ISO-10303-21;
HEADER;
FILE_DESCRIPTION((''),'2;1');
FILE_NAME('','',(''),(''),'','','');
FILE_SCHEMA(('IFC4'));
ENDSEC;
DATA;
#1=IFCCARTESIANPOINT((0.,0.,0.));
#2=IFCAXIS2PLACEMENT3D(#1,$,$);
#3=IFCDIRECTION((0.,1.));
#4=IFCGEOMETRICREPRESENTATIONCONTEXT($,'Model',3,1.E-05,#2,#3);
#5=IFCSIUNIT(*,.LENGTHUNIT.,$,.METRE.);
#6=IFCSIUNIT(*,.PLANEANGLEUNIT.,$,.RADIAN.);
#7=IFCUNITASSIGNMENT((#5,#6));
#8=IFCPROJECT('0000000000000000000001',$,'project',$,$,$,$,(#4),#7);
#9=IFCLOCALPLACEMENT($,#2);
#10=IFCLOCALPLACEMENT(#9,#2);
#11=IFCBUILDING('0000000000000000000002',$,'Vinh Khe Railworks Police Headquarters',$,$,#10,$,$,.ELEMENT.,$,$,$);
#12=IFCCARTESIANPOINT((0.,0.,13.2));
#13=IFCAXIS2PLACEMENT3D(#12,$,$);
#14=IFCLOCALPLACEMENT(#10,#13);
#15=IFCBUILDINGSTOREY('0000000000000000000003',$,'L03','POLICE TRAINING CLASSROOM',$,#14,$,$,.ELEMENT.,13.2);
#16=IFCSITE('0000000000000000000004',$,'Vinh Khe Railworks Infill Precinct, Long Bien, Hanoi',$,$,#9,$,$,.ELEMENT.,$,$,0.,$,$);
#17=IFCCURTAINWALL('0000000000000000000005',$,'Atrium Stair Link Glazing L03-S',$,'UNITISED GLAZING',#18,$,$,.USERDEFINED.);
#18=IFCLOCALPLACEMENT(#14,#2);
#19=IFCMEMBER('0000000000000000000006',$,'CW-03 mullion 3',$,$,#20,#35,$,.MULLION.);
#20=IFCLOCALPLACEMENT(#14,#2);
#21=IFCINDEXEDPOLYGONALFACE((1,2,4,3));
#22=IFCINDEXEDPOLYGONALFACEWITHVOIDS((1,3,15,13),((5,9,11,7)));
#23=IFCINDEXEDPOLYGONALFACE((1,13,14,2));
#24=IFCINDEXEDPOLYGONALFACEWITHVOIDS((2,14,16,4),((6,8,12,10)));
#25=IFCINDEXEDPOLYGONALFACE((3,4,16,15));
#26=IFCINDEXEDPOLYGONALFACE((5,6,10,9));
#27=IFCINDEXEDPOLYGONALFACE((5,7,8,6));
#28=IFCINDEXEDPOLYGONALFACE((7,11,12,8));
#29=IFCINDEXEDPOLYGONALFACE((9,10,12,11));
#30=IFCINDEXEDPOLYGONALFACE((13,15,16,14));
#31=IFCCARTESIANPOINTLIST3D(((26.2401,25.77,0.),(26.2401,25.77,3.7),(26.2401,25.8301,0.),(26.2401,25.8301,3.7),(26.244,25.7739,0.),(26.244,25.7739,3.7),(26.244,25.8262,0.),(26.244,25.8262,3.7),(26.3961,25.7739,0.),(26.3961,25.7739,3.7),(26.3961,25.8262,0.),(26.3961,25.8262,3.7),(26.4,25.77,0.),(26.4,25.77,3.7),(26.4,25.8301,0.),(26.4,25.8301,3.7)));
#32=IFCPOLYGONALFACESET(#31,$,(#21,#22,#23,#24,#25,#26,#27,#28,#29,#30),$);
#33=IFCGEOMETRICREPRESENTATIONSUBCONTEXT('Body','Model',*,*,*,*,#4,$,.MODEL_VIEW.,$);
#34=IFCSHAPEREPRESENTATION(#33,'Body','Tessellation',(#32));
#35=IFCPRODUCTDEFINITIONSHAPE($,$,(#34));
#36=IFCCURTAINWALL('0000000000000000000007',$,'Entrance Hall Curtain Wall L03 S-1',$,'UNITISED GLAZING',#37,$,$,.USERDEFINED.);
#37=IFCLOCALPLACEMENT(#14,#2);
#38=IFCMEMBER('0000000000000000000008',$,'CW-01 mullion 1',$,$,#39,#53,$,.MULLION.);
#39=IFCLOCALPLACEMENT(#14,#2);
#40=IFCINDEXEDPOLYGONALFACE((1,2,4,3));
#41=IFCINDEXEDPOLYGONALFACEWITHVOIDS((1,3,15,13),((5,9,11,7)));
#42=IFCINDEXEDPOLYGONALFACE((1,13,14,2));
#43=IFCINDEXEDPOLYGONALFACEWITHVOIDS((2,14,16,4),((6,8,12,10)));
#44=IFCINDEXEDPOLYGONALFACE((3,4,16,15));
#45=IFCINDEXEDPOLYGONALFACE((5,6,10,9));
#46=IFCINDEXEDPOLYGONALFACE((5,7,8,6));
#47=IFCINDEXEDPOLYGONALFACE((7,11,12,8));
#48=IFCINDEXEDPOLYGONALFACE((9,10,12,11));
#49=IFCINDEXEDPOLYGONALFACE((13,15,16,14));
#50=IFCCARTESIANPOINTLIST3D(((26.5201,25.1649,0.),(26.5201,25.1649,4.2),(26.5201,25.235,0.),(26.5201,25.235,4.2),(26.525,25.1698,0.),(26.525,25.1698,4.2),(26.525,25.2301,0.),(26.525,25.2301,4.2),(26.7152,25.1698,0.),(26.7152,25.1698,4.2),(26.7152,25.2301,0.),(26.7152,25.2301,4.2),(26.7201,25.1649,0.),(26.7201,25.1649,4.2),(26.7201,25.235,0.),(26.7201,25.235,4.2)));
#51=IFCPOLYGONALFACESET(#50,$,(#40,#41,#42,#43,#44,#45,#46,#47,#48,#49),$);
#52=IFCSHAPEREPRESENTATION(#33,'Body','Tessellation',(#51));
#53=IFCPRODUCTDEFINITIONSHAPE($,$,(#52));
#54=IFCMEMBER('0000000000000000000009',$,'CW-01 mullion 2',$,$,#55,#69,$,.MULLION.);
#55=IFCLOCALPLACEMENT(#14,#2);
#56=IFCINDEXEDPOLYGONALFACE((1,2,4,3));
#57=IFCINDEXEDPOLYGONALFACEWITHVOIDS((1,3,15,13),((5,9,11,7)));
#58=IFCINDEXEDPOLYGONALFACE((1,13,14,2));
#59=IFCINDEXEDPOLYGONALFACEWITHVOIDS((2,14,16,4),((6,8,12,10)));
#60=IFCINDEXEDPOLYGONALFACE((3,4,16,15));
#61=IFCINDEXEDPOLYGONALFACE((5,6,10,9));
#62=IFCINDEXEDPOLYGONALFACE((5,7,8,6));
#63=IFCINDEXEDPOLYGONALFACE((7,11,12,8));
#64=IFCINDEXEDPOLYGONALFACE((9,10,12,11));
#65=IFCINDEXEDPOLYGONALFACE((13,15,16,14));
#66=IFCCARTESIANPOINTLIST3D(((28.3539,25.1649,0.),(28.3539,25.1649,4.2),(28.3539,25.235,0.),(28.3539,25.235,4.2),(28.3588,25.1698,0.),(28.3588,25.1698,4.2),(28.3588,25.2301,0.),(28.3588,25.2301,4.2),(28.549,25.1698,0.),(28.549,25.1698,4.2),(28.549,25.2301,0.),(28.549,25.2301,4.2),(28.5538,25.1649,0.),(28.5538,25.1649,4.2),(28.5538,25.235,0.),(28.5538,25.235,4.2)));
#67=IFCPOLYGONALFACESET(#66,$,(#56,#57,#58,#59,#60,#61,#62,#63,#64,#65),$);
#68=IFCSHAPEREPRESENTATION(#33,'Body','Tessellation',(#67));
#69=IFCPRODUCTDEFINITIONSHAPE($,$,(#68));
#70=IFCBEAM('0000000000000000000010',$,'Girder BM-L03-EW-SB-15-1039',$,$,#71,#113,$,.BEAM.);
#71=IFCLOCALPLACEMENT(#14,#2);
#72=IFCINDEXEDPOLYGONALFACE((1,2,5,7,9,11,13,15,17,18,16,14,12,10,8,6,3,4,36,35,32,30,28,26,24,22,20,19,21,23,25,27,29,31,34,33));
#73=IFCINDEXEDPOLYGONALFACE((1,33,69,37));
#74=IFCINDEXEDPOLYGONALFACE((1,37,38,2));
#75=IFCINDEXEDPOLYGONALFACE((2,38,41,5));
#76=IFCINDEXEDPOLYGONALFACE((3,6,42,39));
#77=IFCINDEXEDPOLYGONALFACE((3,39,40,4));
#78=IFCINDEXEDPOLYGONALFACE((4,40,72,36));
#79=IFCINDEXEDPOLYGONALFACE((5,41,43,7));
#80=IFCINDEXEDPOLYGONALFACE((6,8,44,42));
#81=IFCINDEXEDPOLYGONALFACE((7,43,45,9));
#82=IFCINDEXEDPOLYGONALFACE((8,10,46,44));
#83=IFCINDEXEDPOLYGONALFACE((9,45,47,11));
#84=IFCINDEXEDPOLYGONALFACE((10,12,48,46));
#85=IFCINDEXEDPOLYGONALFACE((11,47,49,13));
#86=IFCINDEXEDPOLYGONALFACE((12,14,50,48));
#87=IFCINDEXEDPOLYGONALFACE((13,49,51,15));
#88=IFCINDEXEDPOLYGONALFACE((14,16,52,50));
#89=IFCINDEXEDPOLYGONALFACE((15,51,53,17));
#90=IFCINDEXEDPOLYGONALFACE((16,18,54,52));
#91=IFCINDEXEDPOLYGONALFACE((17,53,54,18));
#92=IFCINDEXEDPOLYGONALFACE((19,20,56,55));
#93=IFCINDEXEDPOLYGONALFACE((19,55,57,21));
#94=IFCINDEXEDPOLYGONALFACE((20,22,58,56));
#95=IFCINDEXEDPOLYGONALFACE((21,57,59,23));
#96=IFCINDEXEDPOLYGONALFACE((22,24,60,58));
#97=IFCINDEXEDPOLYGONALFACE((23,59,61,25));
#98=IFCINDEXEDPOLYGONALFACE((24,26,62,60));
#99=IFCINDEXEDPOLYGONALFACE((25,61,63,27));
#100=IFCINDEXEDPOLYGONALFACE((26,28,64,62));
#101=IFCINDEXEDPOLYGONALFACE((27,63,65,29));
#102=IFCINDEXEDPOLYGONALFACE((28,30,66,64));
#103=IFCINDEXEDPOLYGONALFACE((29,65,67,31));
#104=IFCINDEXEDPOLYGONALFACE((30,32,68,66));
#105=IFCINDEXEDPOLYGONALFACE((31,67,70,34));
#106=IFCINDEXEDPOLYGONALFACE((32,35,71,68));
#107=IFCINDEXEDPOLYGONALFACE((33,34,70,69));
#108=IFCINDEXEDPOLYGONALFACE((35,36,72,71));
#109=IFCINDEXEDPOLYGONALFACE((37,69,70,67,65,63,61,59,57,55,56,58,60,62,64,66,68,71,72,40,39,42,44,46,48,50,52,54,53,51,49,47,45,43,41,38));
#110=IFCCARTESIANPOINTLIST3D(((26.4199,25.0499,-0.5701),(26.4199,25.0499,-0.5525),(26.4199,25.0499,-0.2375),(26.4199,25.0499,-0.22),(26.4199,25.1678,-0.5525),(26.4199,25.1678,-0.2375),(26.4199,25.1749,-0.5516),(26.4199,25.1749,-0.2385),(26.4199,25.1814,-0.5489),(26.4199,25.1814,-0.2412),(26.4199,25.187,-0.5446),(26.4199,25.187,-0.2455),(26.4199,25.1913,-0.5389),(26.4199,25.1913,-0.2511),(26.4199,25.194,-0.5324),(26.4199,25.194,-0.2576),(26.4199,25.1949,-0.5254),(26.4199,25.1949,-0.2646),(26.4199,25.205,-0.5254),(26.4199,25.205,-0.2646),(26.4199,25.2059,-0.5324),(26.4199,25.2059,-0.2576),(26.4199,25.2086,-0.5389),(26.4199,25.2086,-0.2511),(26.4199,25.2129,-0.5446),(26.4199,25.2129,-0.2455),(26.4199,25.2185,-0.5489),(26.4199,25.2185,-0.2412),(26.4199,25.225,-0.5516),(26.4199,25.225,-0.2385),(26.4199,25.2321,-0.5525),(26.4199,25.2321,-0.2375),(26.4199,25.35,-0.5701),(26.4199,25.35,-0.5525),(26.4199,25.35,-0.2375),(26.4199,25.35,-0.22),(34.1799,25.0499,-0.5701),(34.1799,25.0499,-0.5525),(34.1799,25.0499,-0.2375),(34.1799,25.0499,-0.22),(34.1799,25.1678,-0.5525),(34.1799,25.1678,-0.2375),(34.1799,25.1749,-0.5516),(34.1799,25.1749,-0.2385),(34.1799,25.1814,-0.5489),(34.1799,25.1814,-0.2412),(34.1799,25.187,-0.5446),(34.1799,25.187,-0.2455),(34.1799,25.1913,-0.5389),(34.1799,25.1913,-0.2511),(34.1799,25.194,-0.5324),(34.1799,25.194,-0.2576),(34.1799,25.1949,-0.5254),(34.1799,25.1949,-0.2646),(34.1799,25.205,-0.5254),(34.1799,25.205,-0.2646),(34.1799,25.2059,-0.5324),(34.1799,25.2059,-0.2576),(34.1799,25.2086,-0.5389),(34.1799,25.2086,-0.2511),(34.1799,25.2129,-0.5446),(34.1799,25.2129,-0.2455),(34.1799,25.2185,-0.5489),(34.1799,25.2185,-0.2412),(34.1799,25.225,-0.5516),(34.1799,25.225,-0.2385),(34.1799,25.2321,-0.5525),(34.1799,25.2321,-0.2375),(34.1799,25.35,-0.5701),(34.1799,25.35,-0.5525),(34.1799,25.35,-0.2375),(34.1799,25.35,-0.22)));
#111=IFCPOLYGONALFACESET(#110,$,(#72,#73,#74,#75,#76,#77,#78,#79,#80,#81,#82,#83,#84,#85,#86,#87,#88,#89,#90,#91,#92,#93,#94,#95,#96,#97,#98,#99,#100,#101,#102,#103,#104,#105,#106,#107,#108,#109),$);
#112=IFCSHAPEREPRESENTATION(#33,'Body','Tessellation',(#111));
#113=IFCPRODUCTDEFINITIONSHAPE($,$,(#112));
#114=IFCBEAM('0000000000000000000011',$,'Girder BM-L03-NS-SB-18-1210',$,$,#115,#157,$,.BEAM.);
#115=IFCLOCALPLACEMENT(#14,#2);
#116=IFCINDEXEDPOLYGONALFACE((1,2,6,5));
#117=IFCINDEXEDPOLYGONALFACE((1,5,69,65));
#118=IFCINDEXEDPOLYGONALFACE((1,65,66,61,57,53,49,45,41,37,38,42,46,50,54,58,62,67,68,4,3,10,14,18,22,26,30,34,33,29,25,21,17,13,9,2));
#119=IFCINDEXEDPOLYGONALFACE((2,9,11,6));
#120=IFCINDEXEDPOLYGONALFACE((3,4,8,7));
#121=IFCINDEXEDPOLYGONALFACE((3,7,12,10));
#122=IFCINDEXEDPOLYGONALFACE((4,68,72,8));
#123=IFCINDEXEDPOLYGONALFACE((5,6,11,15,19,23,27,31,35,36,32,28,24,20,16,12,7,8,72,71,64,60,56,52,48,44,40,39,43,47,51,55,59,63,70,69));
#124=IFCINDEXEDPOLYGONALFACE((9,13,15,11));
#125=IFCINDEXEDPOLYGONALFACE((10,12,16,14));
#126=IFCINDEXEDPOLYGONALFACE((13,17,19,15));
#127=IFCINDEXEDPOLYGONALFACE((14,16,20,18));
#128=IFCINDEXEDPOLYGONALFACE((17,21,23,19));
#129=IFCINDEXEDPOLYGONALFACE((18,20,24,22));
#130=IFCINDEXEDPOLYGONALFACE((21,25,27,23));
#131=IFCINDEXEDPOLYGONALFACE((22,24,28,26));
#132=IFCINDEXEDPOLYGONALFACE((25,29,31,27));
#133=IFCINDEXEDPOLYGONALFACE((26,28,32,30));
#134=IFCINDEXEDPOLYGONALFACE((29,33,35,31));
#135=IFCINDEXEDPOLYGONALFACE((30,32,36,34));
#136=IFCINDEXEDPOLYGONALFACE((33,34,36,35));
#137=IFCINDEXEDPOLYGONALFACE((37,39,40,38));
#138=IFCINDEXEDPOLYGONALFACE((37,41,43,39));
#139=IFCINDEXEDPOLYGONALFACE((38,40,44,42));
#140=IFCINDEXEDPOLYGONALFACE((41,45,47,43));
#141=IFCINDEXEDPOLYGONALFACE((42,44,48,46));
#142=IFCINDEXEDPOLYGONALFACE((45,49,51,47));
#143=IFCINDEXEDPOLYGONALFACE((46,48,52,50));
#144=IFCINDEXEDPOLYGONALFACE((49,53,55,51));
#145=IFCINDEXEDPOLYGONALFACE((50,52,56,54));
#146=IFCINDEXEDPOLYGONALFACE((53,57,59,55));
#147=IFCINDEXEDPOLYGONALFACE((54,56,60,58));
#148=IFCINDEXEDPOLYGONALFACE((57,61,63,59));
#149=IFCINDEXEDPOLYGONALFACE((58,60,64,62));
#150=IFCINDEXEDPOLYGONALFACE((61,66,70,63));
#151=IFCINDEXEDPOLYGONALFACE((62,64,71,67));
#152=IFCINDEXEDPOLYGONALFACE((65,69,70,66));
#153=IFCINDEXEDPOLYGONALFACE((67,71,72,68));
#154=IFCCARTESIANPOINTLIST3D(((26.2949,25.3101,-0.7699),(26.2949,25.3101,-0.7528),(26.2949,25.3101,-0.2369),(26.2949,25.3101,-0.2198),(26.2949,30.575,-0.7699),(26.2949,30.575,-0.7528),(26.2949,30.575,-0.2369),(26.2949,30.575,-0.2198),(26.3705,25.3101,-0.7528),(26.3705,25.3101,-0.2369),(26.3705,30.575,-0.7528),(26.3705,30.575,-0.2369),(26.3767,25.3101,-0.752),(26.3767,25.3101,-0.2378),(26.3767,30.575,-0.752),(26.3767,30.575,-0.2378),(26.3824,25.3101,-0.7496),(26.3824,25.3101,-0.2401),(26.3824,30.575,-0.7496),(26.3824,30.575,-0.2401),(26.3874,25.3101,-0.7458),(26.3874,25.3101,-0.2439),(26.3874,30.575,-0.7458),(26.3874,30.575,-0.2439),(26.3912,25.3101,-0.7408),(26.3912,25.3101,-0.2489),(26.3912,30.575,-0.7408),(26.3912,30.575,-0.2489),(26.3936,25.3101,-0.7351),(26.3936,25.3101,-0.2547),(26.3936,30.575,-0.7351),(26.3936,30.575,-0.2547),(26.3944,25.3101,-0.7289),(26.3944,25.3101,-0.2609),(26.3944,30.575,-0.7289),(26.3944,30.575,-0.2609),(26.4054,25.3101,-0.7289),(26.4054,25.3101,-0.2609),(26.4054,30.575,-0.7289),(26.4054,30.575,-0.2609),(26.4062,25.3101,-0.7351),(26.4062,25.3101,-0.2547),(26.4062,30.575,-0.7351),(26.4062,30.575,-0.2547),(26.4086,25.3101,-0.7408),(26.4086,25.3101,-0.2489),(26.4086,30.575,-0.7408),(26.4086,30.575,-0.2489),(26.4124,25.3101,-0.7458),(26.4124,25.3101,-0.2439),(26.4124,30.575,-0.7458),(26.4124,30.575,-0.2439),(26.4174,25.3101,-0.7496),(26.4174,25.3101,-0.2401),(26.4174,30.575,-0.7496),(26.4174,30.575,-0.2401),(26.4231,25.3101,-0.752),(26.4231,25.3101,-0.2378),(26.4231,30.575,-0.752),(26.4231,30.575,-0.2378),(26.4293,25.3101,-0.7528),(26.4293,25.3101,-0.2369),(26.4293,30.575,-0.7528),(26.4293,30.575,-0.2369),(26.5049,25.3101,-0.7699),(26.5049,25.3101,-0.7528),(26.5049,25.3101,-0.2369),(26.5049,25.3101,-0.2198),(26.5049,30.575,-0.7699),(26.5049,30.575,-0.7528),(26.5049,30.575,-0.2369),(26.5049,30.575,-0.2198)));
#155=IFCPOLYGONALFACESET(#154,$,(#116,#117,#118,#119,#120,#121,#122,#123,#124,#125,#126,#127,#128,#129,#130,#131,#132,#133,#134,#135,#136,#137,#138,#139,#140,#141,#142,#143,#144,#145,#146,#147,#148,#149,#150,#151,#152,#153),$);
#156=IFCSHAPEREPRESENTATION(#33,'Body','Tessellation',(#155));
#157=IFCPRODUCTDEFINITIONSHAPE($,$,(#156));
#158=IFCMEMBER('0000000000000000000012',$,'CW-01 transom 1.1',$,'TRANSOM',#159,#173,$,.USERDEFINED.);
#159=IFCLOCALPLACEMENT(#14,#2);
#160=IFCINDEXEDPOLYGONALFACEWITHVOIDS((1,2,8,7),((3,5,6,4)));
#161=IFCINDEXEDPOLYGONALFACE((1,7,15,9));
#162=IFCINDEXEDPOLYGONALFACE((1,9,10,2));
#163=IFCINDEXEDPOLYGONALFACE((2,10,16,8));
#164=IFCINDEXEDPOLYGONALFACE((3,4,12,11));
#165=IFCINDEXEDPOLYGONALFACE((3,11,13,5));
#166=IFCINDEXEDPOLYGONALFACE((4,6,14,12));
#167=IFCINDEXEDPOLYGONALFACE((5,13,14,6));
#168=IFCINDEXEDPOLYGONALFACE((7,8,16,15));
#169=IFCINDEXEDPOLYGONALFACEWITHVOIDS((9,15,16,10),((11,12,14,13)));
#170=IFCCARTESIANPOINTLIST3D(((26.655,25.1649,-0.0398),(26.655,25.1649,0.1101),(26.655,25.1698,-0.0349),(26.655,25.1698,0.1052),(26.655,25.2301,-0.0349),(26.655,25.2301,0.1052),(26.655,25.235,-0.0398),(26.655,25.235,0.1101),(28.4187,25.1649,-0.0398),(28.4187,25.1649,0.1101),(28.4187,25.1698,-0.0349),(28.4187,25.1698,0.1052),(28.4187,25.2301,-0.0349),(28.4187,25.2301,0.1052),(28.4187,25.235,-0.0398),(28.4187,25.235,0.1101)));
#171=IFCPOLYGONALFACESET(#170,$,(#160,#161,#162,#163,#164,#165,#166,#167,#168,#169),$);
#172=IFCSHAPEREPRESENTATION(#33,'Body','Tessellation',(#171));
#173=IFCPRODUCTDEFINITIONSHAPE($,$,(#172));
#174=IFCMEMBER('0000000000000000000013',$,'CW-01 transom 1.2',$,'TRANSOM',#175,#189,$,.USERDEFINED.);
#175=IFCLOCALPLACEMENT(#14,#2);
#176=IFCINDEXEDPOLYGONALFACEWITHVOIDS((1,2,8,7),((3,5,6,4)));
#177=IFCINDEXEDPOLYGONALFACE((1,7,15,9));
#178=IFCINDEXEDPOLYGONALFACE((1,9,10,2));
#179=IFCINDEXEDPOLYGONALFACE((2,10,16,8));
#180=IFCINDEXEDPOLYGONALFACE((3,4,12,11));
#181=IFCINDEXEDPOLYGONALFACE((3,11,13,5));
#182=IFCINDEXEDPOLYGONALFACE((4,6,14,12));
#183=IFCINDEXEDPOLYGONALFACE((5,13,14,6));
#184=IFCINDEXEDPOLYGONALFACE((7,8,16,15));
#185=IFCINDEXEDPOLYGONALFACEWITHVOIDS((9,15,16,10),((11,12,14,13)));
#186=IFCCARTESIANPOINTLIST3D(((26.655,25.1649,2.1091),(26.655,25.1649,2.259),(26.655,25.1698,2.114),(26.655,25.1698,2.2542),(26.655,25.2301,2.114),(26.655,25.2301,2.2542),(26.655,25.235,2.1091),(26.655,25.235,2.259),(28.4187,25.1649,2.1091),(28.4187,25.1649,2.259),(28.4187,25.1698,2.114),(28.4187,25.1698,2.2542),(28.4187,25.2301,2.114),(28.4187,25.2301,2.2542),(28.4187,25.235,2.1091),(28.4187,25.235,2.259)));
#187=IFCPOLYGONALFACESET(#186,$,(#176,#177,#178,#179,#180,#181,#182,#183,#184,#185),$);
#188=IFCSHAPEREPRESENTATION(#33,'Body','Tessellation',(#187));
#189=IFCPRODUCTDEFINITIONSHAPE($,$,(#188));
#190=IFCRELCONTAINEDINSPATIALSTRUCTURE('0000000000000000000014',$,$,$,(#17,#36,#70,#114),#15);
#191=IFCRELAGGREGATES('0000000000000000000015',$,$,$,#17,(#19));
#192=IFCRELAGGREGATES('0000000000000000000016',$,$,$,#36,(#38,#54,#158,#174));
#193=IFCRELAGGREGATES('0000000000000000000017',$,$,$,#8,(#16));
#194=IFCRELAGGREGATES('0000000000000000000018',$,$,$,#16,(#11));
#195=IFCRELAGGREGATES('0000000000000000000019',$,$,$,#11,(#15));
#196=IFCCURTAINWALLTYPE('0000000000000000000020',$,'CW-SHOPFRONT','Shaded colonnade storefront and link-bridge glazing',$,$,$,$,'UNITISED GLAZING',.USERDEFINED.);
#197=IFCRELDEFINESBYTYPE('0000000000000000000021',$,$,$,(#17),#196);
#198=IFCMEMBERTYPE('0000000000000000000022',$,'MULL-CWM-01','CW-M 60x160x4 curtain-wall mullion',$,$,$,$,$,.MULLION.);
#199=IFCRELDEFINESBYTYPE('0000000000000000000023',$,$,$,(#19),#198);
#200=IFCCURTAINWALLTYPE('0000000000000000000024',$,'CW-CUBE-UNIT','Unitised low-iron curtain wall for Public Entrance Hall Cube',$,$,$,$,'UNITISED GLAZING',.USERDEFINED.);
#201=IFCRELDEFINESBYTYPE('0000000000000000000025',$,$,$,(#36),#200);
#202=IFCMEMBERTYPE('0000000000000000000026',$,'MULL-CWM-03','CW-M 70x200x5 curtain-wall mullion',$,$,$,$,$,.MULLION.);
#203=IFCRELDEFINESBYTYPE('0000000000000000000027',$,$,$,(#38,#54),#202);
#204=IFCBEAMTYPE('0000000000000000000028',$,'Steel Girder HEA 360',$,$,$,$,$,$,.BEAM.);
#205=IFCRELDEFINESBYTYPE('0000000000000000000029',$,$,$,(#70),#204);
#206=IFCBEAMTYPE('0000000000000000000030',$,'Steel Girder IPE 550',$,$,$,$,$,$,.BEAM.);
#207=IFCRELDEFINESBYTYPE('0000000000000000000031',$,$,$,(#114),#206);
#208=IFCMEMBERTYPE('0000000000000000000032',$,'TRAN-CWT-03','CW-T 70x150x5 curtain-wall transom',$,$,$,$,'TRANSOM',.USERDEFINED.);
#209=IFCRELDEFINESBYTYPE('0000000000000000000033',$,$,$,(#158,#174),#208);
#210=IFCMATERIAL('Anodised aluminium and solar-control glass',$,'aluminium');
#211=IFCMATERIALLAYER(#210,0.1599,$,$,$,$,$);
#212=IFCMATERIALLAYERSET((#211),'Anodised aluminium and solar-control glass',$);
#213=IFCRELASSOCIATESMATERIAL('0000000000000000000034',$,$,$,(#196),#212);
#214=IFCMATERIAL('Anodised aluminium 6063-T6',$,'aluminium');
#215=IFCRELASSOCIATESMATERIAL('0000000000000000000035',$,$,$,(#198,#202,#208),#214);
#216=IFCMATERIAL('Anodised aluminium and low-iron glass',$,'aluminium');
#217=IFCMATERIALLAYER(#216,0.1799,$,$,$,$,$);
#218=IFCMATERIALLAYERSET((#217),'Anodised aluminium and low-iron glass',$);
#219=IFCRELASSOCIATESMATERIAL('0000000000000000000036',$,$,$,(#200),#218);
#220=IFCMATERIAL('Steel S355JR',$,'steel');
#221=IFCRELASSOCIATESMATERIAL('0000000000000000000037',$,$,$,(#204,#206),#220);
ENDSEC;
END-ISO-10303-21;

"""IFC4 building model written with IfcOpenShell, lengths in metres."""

from ifc_helpers import new_model, si_unit, direction, frame, origin, origin_2d, place, context, subcontext, project, spatial, hollow_rectangle, i_section, extrude, material, layer, layer_set, material_profile, profile_set, type_object, element, aggregate, save


model = new_model("IFC4")

# Units and contexts
model_context = context("Model", 3, precision=1e-05, world=origin(), true_north=direction((0.0, 1.0)))
body_context = subcontext(model_context, "Body", "Model", "MODEL_VIEW")
ifc_project = project(units=[si_unit("LENGTHUNIT", "METRE"), si_unit("PLANEANGLEUNIT", "RADIAN")], contexts=[model_context])

# Site, building, storey
site_placement = place(None, origin())
site = spatial("IfcSite", under=ifc_project, at=site_placement, Name="Vinh Khe Railworks Infill Precinct, Long Bien, Hanoi", CompositionType="ELEMENT", RefElevation=0.0)
building_placement = place(site_placement, origin())
building = spatial("IfcBuilding", under=site, at=building_placement, Name="Vinh Khe Railworks Police Headquarters", CompositionType="ELEMENT")
storey_placement = place(building_placement, frame((0.0, 0.0, 13.2)))
storey = spatial("IfcBuildingStorey", under=building, at=storey_placement, Name="L03", Description="POLICE TRAINING CLASSROOM", CompositionType="ELEMENT", Elevation=13.2)

# Shared definitions
ifc_material_1 = material(Name="Steel S355JR", Category="steel")

# Curtain wall, member
ifc_material_2 = material(Name="Anodised aluminium and solar-control glass", Category="aluminium")
ifc_layer_1 = layer(ifc_material_2, 0.1599)
ifc_layer_set_1 = layer_set([ifc_layer_1], Name="Anodised aluminium and solar-control glass")
curtain_wall_type_1 = type_object("IfcCurtainWallType", Name="CW-SHOPFRONT", Description="Shaded colonnade storefront and link-bridge glazing", ElementType="UNITISED GLAZING", PredefinedType="USERDEFINED", material=ifc_layer_set_1)
curtain_wall_1_placement = place(storey_placement, origin())
curtain_wall_1 = element("IfcCurtainWall", 1, at=curtain_wall_1_placement, inside=storey, type_object=curtain_wall_type_1, Name="Atrium Stair Link Glazing L03-S", ObjectType="UNITISED GLAZING", PredefinedType="USERDEFINED")
ifc_material_3 = material(Name="Anodised aluminium 6063-T6", Category="aluminium")
ifc_material_profile_1 = material_profile(ifc_material_3, hollow_rectangle(XDim=0.0601, YDim=0.1599, WallThickness=0.0039, at=origin_2d()), Name="CW-M 60x160x4")
ifc_profile_set_1 = profile_set([ifc_material_profile_1], Name="Anodised aluminium 6063-T6")
member_type_1 = type_object("IfcMemberType", Name="MULL-CWM-01", Description="CW-M 60x160x4 curtain-wall mullion", PredefinedType="MULLION", material=ifc_profile_set_1)
member_1_placement = place(storey_placement, frame((26.3201, 25.8, 0.0), z_axis=(0.0, 0.0, 1.0), x_axis=(0.0, 1.0, 0.0)))
member_1 = element("IfcMember", 2, at=member_1_placement, type_object=member_type_1, Name="CW-03 mullion 3", PredefinedType="MULLION", context=body_context, shape_type="SweptSolid", body=[
    extrude(hollow_rectangle(XDim=0.0601, YDim=0.1599, WallThickness=0.0039, at=origin_2d()), origin(), (0.0, 0.0, 1.0), 3.7),
])
aggregate(curtain_wall_1, [member_1])

# Curtain wall, members
ifc_material_4 = material(Name="Anodised aluminium and low-iron glass", Category="aluminium")
ifc_layer_2 = layer(ifc_material_4, 0.1799)
ifc_layer_set_2 = layer_set([ifc_layer_2], Name="Anodised aluminium and low-iron glass")
curtain_wall_type_2 = type_object("IfcCurtainWallType", Name="CW-CUBE-UNIT", Description="Unitised low-iron curtain wall for Public Entrance Hall Cube", ElementType="UNITISED GLAZING", PredefinedType="USERDEFINED", material=ifc_layer_set_2)
curtain_wall_2_placement = place(storey_placement, origin())
curtain_wall_2 = element("IfcCurtainWall", 3, at=curtain_wall_2_placement, inside=storey, type_object=curtain_wall_type_2, Name="Entrance Hall Curtain Wall L03 S-1", ObjectType="UNITISED GLAZING", PredefinedType="USERDEFINED")
ifc_material_profile_2 = material_profile(ifc_material_3, hollow_rectangle(XDim=0.0701, YDim=0.2, WallThickness=0.0049, at=origin_2d()), Name="CW-M 70x200x5")
ifc_profile_set_2 = profile_set([ifc_material_profile_2], Name="Anodised aluminium 6063-T6")
member_type_2 = type_object("IfcMemberType", Name="MULL-CWM-03", Description="CW-M 70x200x5 curtain-wall mullion", PredefinedType="MULLION", material=ifc_profile_set_2)
member_2_placement = place(storey_placement, frame((26.6201, 25.2, 0.0), z_axis=(0.0, 0.0, 1.0), x_axis=(0.0, 1.0, 0.0)))
member_2 = element("IfcMember", 4, at=member_2_placement, type_object=member_type_2, Name="CW-01 mullion 1", PredefinedType="MULLION", context=body_context, shape_type="SweptSolid", body=[
    extrude(hollow_rectangle(XDim=0.0701, YDim=0.2, WallThickness=0.0049, at=origin_2d()), origin(), (0.0, 0.0, 1.0), 4.2),
])
member_3_placement = place(storey_placement, frame((28.4539, 25.2, 0.0), z_axis=(0.0, 0.0, 1.0), x_axis=(0.0, 1.0, 0.0)))
member_3 = element("IfcMember", 5, at=member_3_placement, type_object=member_type_2, Name="CW-01 mullion 2", PredefinedType="MULLION", context=body_context, shape_type="SweptSolid", body=[
    extrude(hollow_rectangle(XDim=0.0701, YDim=0.2, WallThickness=0.0049, at=origin_2d()), origin(), (0.0, 0.0, 1.0), 4.2),
])

# Beams
ifc_material_profile_3 = material_profile(ifc_material_1, i_section(OverallWidth=0.3, OverallDepth=0.3501, WebThickness=0.01, FlangeThickness=0.0176, FilletRadius=0.0271, at=origin_2d()), Name="HEA 360")
ifc_profile_set_3 = profile_set([ifc_material_profile_3], Name="Steel S355JR")
beam_type_1 = type_object("IfcBeamType", Name="Steel Girder HEA 360", PredefinedType="BEAM", material=ifc_profile_set_3)
beam_1_placement = place(storey_placement, frame((26.4199, 25.2, -0.395), z_axis=(1.0, 0.0, 0.0), x_axis=(0.0, 1.0, 0.0)))
element("IfcBeam", 6, at=beam_1_placement, inside=storey, type_object=beam_type_1, Name="Girder BM-L03-EW-SB-15-1039", PredefinedType="BEAM", context=body_context, shape_type="SweptSolid", body=[
    extrude(i_section(OverallWidth=0.3, OverallDepth=0.3501, WebThickness=0.01, FlangeThickness=0.0176, FilletRadius=0.0271, at=origin_2d()), origin(), (0.0, 0.0, 1.0), 7.76),
])
ifc_material_profile_4 = material_profile(ifc_material_1, i_section(OverallWidth=0.21, OverallDepth=0.55, WebThickness=0.011, FlangeThickness=0.0171, FilletRadius=0.0239, at=origin_2d()), Name="IPE 550")
ifc_profile_set_4 = profile_set([ifc_material_profile_4], Name="Steel S355JR")
beam_type_2 = type_object("IfcBeamType", Name="Steel Girder IPE 550", PredefinedType="BEAM", material=ifc_profile_set_4)
beam_2_placement = place(storey_placement, frame((26.3999, 25.3101, -0.4949), z_axis=(0.0, 1.0, 0.0), x_axis=(-1.0, 0.0, 0.0)))
element("IfcBeam", 7, at=beam_2_placement, inside=storey, type_object=beam_type_2, Name="Girder BM-L03-NS-SB-18-1210", PredefinedType="BEAM", context=body_context, shape_type="SweptSolid", body=[
    extrude(i_section(OverallWidth=0.21, OverallDepth=0.55, WebThickness=0.011, FlangeThickness=0.0171, FilletRadius=0.0239, at=origin_2d()), origin(), (0.0, 0.0, 1.0), 5.2649),
])

# Members
ifc_material_profile_5 = material_profile(ifc_material_3, hollow_rectangle(XDim=0.0701, YDim=0.1499, WallThickness=0.0049, at=origin_2d()), Name="CW-T 70x150x5")
ifc_profile_set_5 = profile_set([ifc_material_profile_5], Name="Anodised aluminium 6063-T6")
member_type_3 = type_object("IfcMemberType", Name="TRAN-CWT-03", Description="CW-T 70x150x5 curtain-wall transom", ElementType="TRANSOM", PredefinedType="USERDEFINED", material=ifc_profile_set_5)
member_4_placement = place(storey_placement, frame((26.655, 25.2, 0.0352), z_axis=(1.0, 0.0, 0.0), x_axis=(0.0, 1.0, 0.0)))
member_4 = element("IfcMember", 8, at=member_4_placement, type_object=member_type_3, Name="CW-01 transom 1.1", ObjectType="TRANSOM", PredefinedType="USERDEFINED", context=body_context, shape_type="SweptSolid", body=[
    extrude(hollow_rectangle(XDim=0.0701, YDim=0.1499, WallThickness=0.0049, at=origin_2d()), origin(), (0.0, 0.0, 1.0), 1.7637),
])
member_5_placement = place(storey_placement, frame((26.655, 25.2, 2.1841), z_axis=(1.0, 0.0, 0.0), x_axis=(0.0, 1.0, 0.0)))
member_5 = element("IfcMember", 9, at=member_5_placement, type_object=member_type_3, Name="CW-01 transom 1.2", ObjectType="TRANSOM", PredefinedType="USERDEFINED", context=body_context, shape_type="SweptSolid", body=[
    extrude(hollow_rectangle(XDim=0.0701, YDim=0.1499, WallThickness=0.0049, at=origin_2d()), origin(), (0.0, 0.0, 1.0), 1.7637),
])

aggregate(curtain_wall_2, [member_2, member_3, member_4, member_5])

save(model, "model.ifc")
